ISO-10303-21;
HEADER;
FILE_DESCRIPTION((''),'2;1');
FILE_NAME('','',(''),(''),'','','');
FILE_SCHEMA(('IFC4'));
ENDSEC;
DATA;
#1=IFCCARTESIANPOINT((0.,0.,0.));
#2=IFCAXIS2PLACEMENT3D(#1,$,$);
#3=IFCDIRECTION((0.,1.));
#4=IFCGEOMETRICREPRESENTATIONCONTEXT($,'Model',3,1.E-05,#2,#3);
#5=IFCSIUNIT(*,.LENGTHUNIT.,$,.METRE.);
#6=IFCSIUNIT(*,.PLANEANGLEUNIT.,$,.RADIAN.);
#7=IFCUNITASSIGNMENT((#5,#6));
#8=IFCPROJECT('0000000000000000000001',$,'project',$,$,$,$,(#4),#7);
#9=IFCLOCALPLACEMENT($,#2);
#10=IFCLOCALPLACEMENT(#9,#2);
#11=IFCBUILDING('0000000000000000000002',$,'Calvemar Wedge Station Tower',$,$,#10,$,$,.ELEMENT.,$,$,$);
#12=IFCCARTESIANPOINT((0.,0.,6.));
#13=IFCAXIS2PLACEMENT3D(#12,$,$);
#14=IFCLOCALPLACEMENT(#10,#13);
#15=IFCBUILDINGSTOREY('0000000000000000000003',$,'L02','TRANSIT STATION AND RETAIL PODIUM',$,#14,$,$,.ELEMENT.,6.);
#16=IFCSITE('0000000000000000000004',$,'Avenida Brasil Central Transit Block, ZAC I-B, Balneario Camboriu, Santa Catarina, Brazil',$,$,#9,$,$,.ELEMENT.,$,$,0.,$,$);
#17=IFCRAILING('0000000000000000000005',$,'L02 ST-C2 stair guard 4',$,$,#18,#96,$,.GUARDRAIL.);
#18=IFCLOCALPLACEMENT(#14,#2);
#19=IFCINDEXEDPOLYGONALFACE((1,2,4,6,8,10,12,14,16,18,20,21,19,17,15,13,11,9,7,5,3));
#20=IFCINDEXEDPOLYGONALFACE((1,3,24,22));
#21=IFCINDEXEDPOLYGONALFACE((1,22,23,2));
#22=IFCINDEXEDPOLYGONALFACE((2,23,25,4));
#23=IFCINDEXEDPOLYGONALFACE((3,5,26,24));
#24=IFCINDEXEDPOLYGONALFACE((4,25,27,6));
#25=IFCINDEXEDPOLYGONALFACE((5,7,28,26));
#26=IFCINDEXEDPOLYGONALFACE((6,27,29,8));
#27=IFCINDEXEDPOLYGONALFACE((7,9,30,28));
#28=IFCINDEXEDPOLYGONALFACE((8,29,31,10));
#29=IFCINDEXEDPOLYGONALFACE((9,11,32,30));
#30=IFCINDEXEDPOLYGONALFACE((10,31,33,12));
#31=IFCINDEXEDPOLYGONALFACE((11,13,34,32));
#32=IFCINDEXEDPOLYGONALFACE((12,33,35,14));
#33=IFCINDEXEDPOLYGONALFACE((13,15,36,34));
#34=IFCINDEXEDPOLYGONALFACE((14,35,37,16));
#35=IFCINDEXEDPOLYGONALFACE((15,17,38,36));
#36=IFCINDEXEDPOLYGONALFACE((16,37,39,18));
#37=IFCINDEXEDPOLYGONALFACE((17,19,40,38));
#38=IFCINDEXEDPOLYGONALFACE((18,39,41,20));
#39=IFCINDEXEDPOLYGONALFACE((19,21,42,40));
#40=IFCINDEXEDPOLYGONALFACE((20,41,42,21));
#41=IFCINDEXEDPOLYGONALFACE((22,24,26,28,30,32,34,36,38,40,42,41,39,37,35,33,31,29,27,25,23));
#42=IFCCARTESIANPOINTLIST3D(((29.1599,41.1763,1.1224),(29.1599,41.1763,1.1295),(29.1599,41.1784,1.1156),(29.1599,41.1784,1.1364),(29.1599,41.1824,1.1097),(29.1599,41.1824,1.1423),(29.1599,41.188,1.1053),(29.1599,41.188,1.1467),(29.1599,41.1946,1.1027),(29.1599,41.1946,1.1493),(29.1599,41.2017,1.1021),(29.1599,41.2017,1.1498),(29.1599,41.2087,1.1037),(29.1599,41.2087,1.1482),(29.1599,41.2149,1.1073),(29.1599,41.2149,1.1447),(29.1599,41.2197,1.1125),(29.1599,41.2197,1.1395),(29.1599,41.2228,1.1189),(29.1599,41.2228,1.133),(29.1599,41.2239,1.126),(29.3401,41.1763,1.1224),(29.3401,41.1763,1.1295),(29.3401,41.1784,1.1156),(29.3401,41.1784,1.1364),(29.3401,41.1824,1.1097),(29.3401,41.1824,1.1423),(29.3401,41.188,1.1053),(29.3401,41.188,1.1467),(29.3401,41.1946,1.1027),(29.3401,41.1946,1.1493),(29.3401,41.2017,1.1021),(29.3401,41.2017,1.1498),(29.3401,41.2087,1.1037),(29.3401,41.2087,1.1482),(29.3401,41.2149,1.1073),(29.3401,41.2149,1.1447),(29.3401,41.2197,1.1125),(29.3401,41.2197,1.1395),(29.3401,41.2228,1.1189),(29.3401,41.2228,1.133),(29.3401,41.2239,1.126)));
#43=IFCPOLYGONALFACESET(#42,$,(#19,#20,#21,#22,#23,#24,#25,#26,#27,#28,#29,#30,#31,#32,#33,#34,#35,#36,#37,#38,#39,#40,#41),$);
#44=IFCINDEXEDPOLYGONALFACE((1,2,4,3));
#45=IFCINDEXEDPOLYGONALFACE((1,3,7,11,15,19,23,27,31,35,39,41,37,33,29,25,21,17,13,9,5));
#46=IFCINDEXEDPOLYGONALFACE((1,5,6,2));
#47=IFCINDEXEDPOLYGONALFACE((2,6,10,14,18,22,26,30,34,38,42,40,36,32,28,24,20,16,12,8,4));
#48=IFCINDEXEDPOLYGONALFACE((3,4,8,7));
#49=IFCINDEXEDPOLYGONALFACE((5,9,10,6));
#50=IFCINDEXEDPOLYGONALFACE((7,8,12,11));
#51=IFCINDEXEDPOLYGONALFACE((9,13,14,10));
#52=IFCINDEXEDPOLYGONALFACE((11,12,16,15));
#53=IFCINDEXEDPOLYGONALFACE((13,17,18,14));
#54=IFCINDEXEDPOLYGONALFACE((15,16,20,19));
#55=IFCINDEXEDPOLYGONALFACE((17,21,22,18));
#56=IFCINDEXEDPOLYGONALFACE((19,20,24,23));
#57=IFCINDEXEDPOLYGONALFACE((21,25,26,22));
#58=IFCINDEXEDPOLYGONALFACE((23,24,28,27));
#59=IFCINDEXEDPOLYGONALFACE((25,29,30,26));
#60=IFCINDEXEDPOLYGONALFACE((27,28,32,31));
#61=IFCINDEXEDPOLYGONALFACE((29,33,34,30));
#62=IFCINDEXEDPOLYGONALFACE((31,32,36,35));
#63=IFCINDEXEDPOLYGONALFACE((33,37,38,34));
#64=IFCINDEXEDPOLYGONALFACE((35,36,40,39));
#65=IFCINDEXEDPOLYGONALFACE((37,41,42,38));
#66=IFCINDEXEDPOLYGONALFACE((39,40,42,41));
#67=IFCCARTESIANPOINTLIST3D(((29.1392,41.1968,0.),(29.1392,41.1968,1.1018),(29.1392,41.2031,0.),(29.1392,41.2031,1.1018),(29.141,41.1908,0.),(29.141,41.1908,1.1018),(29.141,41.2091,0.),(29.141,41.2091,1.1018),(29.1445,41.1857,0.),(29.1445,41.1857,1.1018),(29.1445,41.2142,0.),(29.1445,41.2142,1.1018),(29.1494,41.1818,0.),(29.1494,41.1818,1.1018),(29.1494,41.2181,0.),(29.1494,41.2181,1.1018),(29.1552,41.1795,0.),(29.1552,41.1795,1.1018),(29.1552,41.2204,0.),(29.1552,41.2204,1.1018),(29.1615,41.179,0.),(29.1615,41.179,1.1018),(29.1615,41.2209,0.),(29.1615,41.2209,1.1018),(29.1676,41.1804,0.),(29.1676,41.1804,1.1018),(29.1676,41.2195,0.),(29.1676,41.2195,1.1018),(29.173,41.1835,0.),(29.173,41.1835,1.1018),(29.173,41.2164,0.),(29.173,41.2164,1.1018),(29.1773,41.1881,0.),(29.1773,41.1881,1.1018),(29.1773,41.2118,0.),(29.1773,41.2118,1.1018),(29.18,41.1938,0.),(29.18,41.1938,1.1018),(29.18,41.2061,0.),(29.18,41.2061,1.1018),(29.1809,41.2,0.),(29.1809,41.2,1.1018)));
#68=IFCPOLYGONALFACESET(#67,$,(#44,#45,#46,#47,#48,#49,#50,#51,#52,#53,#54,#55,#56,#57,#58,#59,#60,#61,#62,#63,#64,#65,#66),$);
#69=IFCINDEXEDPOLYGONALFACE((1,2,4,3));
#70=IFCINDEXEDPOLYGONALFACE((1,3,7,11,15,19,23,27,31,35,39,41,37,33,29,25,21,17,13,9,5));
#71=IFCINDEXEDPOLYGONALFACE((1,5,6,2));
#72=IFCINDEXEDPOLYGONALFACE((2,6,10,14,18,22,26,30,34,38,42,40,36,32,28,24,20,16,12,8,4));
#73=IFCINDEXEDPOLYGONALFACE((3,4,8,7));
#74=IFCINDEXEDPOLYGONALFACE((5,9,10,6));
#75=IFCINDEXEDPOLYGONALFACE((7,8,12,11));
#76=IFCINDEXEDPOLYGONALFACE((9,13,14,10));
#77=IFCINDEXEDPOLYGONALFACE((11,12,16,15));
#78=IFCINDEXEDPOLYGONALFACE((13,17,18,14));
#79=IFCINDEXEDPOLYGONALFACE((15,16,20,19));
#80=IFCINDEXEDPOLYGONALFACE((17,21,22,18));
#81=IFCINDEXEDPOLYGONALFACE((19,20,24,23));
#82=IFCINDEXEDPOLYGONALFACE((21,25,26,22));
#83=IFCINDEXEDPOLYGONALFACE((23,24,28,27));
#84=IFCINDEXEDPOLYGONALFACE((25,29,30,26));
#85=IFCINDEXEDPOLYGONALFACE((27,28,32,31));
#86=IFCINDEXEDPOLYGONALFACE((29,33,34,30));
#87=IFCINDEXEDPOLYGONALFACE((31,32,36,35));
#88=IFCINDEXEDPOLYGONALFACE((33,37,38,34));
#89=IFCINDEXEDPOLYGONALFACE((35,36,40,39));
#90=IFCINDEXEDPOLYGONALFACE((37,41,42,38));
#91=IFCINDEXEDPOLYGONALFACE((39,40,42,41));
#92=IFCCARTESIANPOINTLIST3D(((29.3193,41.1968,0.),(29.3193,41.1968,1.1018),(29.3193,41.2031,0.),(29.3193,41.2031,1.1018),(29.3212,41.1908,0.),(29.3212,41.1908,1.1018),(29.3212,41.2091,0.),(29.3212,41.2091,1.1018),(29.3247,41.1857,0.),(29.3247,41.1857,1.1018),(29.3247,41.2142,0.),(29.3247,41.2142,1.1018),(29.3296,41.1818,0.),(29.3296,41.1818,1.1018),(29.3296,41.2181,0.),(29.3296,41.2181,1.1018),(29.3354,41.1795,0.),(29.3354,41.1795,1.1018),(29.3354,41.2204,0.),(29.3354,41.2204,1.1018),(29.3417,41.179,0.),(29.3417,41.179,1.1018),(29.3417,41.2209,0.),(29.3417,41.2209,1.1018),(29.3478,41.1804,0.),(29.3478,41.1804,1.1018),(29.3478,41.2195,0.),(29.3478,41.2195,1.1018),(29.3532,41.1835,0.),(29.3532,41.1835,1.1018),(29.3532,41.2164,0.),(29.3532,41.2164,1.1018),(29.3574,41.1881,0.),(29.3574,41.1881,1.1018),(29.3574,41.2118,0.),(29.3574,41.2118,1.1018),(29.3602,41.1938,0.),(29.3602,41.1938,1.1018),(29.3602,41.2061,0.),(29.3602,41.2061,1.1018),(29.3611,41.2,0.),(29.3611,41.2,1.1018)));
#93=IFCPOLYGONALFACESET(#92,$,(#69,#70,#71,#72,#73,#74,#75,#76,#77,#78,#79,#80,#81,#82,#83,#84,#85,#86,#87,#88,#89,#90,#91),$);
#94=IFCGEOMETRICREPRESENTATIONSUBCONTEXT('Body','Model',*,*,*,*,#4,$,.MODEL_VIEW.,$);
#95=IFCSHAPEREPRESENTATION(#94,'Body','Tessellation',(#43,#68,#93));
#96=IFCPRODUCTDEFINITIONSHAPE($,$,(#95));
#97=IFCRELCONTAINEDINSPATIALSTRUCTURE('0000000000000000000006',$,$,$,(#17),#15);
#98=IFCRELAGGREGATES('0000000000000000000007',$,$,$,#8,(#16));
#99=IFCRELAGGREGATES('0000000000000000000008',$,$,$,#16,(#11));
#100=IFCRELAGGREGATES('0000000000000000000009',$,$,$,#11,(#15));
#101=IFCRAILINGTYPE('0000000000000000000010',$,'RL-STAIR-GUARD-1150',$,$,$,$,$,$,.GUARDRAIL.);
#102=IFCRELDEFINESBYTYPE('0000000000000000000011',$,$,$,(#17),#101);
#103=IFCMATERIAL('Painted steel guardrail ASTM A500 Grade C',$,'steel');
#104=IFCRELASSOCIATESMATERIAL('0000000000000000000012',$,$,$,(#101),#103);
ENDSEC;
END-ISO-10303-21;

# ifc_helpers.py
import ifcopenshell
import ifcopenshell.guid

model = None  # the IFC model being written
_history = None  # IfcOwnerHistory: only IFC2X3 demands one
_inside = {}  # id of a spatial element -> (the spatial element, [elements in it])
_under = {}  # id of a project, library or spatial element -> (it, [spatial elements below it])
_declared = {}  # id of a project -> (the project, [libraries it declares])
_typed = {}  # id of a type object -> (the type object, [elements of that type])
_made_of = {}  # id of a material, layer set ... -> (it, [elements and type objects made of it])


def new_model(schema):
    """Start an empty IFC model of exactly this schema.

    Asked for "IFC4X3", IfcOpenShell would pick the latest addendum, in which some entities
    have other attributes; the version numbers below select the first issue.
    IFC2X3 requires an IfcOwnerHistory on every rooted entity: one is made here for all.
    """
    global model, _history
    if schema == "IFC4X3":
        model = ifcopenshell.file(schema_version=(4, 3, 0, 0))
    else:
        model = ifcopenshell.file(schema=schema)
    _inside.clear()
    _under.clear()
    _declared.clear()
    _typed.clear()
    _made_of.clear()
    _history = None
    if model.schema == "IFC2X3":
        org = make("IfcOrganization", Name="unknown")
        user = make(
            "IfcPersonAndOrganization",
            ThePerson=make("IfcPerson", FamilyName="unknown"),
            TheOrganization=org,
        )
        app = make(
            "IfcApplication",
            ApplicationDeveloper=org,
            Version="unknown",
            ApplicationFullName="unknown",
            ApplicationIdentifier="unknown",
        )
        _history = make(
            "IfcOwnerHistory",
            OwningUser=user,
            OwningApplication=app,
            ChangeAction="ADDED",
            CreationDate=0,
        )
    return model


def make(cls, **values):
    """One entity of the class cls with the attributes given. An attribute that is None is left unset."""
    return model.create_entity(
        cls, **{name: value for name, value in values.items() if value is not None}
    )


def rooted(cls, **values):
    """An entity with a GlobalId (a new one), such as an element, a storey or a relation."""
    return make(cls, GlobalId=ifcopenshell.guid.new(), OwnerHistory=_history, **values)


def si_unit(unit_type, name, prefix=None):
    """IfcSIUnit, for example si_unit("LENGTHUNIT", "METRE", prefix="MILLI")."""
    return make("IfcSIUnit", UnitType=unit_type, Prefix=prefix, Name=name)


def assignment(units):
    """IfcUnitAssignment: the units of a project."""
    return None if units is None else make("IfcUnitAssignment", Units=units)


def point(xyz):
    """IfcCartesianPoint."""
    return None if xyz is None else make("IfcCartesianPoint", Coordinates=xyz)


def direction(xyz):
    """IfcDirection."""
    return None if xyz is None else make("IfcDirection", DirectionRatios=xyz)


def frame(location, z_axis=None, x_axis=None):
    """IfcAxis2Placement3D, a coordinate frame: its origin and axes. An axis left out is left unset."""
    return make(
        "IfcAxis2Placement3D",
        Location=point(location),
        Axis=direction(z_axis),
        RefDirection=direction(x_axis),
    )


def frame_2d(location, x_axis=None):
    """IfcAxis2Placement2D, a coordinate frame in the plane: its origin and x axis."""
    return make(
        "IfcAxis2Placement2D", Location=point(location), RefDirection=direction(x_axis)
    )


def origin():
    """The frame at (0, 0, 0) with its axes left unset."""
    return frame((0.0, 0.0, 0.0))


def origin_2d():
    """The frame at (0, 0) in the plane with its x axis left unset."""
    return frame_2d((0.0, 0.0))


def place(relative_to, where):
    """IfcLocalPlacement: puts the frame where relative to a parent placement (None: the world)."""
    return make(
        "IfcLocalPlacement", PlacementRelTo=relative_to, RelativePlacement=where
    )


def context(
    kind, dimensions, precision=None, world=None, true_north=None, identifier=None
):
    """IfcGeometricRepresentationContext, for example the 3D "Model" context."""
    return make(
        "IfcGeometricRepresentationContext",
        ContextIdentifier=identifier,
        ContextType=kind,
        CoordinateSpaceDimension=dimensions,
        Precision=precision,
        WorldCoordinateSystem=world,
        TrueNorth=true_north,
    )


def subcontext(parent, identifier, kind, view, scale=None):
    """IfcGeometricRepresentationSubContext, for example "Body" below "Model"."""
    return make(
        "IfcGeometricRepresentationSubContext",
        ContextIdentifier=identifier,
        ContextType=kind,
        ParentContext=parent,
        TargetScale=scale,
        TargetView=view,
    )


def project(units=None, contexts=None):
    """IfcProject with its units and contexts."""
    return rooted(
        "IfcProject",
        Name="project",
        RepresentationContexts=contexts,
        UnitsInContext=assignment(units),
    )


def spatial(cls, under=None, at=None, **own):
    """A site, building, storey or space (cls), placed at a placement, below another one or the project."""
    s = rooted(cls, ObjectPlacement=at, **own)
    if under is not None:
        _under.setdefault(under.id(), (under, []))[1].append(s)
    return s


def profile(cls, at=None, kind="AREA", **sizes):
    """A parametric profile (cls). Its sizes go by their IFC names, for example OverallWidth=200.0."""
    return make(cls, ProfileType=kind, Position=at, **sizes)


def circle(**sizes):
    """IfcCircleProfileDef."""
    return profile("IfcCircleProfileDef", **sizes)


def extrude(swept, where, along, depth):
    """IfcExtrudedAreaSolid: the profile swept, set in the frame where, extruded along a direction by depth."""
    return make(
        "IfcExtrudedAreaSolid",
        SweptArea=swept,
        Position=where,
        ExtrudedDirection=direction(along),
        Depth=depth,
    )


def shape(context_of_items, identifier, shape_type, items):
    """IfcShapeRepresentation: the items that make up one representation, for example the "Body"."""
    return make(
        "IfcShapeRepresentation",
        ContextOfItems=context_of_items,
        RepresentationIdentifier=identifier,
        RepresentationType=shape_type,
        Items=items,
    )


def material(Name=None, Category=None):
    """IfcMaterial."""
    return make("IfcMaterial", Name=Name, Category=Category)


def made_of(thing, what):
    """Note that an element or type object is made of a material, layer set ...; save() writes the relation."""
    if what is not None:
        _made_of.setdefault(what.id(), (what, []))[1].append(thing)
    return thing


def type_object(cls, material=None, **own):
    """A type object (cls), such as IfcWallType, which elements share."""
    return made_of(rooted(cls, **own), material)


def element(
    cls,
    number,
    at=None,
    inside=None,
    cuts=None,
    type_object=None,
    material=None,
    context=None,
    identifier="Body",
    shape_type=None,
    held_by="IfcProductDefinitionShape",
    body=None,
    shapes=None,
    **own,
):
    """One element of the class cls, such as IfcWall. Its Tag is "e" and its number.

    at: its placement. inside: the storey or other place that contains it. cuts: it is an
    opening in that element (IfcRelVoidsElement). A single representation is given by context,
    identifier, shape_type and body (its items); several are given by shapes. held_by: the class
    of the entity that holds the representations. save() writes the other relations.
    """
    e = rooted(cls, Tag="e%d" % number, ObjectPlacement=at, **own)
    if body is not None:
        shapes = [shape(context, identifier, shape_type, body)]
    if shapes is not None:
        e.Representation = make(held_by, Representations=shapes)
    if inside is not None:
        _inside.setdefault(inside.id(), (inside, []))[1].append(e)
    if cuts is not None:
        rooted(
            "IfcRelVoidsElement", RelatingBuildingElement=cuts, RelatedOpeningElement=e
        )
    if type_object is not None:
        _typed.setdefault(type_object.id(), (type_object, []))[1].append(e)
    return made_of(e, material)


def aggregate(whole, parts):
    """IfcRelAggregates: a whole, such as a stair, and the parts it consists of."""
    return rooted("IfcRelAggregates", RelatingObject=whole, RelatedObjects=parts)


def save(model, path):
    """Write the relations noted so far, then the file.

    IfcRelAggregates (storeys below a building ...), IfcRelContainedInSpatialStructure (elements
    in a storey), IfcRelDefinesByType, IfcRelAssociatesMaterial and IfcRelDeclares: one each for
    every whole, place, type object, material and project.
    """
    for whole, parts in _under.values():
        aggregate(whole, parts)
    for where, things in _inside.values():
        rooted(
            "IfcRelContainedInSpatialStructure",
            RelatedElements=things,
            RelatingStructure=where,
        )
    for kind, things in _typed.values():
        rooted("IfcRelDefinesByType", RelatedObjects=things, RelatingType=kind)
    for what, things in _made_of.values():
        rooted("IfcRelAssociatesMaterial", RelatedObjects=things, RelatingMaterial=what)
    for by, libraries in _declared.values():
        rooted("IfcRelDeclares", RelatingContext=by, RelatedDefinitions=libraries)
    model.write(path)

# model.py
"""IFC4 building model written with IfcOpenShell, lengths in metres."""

from ifc_helpers import new_model, si_unit, direction, frame, origin, origin_2d, place, context, subcontext, project, spatial, circle, extrude, material, type_object, element, save


model = new_model("IFC4")

# Units and contexts
model_context = context("Model", 3, precision=1e-05, world=origin(), true_north=direction((0.0, 1.0)))
body_context = subcontext(model_context, "Body", "Model", "MODEL_VIEW")
ifc_project = project(units=[si_unit("LENGTHUNIT", "METRE"), si_unit("PLANEANGLEUNIT", "RADIAN")], contexts=[model_context])

# Site, building, storey
site_placement = place(None, origin())
site = spatial("IfcSite", under=ifc_project, at=site_placement, Name="Avenida Brasil Central Transit Block, ZAC I-B, Balneario Camboriu, Santa Catarina, Brazil", CompositionType="ELEMENT", RefElevation=0.0)
building_placement = place(site_placement, origin())
building = spatial("IfcBuilding", under=site, at=building_placement, Name="Calvemar Wedge Station Tower", CompositionType="ELEMENT")
storey_placement = place(building_placement, frame((0.0, 0.0, 6.0)))
storey = spatial("IfcBuildingStorey", under=building, at=storey_placement, Name="L02", Description="TRANSIT STATION AND RETAIL PODIUM", CompositionType="ELEMENT", Elevation=6.0)

# Railing
ifc_material_1 = material(Name="Painted steel guardrail ASTM A500 Grade C", Category="steel")
railing_type_1 = type_object("IfcRailingType", Name="RL-STAIR-GUARD-1150", PredefinedType="GUARDRAIL", material=ifc_material_1)
railing_1_placement = place(storey_placement, frame((29.1599, 41.2, 0.0)))
element("IfcRailing", 1, at=railing_1_placement, inside=storey, type_object=railing_type_1, Name="L02 ST-C2 stair guard 4", PredefinedType="GUARDRAIL", context=body_context, shape_type="SweptSolid", body=[
    extrude(circle(Radius=0.0239, at=origin_2d()), frame((0.0, 0.0, 1.126), z_axis=(1.0, 0.0, 0.0), x_axis=(0.0, 1.0, 0.0)), (0.0, 0.0, 1.0), 0.1802),
    extrude(circle(Radius=0.021, at=origin_2d()), origin(), (0.0, 0.0, 1.0), 1.1018),
    extrude(circle(Radius=0.021, at=origin_2d()), frame((0.1802, 0.0, 0.0)), (0.0, 0.0, 1.0), 1.1018),
])

save(model, "model.ifc")
